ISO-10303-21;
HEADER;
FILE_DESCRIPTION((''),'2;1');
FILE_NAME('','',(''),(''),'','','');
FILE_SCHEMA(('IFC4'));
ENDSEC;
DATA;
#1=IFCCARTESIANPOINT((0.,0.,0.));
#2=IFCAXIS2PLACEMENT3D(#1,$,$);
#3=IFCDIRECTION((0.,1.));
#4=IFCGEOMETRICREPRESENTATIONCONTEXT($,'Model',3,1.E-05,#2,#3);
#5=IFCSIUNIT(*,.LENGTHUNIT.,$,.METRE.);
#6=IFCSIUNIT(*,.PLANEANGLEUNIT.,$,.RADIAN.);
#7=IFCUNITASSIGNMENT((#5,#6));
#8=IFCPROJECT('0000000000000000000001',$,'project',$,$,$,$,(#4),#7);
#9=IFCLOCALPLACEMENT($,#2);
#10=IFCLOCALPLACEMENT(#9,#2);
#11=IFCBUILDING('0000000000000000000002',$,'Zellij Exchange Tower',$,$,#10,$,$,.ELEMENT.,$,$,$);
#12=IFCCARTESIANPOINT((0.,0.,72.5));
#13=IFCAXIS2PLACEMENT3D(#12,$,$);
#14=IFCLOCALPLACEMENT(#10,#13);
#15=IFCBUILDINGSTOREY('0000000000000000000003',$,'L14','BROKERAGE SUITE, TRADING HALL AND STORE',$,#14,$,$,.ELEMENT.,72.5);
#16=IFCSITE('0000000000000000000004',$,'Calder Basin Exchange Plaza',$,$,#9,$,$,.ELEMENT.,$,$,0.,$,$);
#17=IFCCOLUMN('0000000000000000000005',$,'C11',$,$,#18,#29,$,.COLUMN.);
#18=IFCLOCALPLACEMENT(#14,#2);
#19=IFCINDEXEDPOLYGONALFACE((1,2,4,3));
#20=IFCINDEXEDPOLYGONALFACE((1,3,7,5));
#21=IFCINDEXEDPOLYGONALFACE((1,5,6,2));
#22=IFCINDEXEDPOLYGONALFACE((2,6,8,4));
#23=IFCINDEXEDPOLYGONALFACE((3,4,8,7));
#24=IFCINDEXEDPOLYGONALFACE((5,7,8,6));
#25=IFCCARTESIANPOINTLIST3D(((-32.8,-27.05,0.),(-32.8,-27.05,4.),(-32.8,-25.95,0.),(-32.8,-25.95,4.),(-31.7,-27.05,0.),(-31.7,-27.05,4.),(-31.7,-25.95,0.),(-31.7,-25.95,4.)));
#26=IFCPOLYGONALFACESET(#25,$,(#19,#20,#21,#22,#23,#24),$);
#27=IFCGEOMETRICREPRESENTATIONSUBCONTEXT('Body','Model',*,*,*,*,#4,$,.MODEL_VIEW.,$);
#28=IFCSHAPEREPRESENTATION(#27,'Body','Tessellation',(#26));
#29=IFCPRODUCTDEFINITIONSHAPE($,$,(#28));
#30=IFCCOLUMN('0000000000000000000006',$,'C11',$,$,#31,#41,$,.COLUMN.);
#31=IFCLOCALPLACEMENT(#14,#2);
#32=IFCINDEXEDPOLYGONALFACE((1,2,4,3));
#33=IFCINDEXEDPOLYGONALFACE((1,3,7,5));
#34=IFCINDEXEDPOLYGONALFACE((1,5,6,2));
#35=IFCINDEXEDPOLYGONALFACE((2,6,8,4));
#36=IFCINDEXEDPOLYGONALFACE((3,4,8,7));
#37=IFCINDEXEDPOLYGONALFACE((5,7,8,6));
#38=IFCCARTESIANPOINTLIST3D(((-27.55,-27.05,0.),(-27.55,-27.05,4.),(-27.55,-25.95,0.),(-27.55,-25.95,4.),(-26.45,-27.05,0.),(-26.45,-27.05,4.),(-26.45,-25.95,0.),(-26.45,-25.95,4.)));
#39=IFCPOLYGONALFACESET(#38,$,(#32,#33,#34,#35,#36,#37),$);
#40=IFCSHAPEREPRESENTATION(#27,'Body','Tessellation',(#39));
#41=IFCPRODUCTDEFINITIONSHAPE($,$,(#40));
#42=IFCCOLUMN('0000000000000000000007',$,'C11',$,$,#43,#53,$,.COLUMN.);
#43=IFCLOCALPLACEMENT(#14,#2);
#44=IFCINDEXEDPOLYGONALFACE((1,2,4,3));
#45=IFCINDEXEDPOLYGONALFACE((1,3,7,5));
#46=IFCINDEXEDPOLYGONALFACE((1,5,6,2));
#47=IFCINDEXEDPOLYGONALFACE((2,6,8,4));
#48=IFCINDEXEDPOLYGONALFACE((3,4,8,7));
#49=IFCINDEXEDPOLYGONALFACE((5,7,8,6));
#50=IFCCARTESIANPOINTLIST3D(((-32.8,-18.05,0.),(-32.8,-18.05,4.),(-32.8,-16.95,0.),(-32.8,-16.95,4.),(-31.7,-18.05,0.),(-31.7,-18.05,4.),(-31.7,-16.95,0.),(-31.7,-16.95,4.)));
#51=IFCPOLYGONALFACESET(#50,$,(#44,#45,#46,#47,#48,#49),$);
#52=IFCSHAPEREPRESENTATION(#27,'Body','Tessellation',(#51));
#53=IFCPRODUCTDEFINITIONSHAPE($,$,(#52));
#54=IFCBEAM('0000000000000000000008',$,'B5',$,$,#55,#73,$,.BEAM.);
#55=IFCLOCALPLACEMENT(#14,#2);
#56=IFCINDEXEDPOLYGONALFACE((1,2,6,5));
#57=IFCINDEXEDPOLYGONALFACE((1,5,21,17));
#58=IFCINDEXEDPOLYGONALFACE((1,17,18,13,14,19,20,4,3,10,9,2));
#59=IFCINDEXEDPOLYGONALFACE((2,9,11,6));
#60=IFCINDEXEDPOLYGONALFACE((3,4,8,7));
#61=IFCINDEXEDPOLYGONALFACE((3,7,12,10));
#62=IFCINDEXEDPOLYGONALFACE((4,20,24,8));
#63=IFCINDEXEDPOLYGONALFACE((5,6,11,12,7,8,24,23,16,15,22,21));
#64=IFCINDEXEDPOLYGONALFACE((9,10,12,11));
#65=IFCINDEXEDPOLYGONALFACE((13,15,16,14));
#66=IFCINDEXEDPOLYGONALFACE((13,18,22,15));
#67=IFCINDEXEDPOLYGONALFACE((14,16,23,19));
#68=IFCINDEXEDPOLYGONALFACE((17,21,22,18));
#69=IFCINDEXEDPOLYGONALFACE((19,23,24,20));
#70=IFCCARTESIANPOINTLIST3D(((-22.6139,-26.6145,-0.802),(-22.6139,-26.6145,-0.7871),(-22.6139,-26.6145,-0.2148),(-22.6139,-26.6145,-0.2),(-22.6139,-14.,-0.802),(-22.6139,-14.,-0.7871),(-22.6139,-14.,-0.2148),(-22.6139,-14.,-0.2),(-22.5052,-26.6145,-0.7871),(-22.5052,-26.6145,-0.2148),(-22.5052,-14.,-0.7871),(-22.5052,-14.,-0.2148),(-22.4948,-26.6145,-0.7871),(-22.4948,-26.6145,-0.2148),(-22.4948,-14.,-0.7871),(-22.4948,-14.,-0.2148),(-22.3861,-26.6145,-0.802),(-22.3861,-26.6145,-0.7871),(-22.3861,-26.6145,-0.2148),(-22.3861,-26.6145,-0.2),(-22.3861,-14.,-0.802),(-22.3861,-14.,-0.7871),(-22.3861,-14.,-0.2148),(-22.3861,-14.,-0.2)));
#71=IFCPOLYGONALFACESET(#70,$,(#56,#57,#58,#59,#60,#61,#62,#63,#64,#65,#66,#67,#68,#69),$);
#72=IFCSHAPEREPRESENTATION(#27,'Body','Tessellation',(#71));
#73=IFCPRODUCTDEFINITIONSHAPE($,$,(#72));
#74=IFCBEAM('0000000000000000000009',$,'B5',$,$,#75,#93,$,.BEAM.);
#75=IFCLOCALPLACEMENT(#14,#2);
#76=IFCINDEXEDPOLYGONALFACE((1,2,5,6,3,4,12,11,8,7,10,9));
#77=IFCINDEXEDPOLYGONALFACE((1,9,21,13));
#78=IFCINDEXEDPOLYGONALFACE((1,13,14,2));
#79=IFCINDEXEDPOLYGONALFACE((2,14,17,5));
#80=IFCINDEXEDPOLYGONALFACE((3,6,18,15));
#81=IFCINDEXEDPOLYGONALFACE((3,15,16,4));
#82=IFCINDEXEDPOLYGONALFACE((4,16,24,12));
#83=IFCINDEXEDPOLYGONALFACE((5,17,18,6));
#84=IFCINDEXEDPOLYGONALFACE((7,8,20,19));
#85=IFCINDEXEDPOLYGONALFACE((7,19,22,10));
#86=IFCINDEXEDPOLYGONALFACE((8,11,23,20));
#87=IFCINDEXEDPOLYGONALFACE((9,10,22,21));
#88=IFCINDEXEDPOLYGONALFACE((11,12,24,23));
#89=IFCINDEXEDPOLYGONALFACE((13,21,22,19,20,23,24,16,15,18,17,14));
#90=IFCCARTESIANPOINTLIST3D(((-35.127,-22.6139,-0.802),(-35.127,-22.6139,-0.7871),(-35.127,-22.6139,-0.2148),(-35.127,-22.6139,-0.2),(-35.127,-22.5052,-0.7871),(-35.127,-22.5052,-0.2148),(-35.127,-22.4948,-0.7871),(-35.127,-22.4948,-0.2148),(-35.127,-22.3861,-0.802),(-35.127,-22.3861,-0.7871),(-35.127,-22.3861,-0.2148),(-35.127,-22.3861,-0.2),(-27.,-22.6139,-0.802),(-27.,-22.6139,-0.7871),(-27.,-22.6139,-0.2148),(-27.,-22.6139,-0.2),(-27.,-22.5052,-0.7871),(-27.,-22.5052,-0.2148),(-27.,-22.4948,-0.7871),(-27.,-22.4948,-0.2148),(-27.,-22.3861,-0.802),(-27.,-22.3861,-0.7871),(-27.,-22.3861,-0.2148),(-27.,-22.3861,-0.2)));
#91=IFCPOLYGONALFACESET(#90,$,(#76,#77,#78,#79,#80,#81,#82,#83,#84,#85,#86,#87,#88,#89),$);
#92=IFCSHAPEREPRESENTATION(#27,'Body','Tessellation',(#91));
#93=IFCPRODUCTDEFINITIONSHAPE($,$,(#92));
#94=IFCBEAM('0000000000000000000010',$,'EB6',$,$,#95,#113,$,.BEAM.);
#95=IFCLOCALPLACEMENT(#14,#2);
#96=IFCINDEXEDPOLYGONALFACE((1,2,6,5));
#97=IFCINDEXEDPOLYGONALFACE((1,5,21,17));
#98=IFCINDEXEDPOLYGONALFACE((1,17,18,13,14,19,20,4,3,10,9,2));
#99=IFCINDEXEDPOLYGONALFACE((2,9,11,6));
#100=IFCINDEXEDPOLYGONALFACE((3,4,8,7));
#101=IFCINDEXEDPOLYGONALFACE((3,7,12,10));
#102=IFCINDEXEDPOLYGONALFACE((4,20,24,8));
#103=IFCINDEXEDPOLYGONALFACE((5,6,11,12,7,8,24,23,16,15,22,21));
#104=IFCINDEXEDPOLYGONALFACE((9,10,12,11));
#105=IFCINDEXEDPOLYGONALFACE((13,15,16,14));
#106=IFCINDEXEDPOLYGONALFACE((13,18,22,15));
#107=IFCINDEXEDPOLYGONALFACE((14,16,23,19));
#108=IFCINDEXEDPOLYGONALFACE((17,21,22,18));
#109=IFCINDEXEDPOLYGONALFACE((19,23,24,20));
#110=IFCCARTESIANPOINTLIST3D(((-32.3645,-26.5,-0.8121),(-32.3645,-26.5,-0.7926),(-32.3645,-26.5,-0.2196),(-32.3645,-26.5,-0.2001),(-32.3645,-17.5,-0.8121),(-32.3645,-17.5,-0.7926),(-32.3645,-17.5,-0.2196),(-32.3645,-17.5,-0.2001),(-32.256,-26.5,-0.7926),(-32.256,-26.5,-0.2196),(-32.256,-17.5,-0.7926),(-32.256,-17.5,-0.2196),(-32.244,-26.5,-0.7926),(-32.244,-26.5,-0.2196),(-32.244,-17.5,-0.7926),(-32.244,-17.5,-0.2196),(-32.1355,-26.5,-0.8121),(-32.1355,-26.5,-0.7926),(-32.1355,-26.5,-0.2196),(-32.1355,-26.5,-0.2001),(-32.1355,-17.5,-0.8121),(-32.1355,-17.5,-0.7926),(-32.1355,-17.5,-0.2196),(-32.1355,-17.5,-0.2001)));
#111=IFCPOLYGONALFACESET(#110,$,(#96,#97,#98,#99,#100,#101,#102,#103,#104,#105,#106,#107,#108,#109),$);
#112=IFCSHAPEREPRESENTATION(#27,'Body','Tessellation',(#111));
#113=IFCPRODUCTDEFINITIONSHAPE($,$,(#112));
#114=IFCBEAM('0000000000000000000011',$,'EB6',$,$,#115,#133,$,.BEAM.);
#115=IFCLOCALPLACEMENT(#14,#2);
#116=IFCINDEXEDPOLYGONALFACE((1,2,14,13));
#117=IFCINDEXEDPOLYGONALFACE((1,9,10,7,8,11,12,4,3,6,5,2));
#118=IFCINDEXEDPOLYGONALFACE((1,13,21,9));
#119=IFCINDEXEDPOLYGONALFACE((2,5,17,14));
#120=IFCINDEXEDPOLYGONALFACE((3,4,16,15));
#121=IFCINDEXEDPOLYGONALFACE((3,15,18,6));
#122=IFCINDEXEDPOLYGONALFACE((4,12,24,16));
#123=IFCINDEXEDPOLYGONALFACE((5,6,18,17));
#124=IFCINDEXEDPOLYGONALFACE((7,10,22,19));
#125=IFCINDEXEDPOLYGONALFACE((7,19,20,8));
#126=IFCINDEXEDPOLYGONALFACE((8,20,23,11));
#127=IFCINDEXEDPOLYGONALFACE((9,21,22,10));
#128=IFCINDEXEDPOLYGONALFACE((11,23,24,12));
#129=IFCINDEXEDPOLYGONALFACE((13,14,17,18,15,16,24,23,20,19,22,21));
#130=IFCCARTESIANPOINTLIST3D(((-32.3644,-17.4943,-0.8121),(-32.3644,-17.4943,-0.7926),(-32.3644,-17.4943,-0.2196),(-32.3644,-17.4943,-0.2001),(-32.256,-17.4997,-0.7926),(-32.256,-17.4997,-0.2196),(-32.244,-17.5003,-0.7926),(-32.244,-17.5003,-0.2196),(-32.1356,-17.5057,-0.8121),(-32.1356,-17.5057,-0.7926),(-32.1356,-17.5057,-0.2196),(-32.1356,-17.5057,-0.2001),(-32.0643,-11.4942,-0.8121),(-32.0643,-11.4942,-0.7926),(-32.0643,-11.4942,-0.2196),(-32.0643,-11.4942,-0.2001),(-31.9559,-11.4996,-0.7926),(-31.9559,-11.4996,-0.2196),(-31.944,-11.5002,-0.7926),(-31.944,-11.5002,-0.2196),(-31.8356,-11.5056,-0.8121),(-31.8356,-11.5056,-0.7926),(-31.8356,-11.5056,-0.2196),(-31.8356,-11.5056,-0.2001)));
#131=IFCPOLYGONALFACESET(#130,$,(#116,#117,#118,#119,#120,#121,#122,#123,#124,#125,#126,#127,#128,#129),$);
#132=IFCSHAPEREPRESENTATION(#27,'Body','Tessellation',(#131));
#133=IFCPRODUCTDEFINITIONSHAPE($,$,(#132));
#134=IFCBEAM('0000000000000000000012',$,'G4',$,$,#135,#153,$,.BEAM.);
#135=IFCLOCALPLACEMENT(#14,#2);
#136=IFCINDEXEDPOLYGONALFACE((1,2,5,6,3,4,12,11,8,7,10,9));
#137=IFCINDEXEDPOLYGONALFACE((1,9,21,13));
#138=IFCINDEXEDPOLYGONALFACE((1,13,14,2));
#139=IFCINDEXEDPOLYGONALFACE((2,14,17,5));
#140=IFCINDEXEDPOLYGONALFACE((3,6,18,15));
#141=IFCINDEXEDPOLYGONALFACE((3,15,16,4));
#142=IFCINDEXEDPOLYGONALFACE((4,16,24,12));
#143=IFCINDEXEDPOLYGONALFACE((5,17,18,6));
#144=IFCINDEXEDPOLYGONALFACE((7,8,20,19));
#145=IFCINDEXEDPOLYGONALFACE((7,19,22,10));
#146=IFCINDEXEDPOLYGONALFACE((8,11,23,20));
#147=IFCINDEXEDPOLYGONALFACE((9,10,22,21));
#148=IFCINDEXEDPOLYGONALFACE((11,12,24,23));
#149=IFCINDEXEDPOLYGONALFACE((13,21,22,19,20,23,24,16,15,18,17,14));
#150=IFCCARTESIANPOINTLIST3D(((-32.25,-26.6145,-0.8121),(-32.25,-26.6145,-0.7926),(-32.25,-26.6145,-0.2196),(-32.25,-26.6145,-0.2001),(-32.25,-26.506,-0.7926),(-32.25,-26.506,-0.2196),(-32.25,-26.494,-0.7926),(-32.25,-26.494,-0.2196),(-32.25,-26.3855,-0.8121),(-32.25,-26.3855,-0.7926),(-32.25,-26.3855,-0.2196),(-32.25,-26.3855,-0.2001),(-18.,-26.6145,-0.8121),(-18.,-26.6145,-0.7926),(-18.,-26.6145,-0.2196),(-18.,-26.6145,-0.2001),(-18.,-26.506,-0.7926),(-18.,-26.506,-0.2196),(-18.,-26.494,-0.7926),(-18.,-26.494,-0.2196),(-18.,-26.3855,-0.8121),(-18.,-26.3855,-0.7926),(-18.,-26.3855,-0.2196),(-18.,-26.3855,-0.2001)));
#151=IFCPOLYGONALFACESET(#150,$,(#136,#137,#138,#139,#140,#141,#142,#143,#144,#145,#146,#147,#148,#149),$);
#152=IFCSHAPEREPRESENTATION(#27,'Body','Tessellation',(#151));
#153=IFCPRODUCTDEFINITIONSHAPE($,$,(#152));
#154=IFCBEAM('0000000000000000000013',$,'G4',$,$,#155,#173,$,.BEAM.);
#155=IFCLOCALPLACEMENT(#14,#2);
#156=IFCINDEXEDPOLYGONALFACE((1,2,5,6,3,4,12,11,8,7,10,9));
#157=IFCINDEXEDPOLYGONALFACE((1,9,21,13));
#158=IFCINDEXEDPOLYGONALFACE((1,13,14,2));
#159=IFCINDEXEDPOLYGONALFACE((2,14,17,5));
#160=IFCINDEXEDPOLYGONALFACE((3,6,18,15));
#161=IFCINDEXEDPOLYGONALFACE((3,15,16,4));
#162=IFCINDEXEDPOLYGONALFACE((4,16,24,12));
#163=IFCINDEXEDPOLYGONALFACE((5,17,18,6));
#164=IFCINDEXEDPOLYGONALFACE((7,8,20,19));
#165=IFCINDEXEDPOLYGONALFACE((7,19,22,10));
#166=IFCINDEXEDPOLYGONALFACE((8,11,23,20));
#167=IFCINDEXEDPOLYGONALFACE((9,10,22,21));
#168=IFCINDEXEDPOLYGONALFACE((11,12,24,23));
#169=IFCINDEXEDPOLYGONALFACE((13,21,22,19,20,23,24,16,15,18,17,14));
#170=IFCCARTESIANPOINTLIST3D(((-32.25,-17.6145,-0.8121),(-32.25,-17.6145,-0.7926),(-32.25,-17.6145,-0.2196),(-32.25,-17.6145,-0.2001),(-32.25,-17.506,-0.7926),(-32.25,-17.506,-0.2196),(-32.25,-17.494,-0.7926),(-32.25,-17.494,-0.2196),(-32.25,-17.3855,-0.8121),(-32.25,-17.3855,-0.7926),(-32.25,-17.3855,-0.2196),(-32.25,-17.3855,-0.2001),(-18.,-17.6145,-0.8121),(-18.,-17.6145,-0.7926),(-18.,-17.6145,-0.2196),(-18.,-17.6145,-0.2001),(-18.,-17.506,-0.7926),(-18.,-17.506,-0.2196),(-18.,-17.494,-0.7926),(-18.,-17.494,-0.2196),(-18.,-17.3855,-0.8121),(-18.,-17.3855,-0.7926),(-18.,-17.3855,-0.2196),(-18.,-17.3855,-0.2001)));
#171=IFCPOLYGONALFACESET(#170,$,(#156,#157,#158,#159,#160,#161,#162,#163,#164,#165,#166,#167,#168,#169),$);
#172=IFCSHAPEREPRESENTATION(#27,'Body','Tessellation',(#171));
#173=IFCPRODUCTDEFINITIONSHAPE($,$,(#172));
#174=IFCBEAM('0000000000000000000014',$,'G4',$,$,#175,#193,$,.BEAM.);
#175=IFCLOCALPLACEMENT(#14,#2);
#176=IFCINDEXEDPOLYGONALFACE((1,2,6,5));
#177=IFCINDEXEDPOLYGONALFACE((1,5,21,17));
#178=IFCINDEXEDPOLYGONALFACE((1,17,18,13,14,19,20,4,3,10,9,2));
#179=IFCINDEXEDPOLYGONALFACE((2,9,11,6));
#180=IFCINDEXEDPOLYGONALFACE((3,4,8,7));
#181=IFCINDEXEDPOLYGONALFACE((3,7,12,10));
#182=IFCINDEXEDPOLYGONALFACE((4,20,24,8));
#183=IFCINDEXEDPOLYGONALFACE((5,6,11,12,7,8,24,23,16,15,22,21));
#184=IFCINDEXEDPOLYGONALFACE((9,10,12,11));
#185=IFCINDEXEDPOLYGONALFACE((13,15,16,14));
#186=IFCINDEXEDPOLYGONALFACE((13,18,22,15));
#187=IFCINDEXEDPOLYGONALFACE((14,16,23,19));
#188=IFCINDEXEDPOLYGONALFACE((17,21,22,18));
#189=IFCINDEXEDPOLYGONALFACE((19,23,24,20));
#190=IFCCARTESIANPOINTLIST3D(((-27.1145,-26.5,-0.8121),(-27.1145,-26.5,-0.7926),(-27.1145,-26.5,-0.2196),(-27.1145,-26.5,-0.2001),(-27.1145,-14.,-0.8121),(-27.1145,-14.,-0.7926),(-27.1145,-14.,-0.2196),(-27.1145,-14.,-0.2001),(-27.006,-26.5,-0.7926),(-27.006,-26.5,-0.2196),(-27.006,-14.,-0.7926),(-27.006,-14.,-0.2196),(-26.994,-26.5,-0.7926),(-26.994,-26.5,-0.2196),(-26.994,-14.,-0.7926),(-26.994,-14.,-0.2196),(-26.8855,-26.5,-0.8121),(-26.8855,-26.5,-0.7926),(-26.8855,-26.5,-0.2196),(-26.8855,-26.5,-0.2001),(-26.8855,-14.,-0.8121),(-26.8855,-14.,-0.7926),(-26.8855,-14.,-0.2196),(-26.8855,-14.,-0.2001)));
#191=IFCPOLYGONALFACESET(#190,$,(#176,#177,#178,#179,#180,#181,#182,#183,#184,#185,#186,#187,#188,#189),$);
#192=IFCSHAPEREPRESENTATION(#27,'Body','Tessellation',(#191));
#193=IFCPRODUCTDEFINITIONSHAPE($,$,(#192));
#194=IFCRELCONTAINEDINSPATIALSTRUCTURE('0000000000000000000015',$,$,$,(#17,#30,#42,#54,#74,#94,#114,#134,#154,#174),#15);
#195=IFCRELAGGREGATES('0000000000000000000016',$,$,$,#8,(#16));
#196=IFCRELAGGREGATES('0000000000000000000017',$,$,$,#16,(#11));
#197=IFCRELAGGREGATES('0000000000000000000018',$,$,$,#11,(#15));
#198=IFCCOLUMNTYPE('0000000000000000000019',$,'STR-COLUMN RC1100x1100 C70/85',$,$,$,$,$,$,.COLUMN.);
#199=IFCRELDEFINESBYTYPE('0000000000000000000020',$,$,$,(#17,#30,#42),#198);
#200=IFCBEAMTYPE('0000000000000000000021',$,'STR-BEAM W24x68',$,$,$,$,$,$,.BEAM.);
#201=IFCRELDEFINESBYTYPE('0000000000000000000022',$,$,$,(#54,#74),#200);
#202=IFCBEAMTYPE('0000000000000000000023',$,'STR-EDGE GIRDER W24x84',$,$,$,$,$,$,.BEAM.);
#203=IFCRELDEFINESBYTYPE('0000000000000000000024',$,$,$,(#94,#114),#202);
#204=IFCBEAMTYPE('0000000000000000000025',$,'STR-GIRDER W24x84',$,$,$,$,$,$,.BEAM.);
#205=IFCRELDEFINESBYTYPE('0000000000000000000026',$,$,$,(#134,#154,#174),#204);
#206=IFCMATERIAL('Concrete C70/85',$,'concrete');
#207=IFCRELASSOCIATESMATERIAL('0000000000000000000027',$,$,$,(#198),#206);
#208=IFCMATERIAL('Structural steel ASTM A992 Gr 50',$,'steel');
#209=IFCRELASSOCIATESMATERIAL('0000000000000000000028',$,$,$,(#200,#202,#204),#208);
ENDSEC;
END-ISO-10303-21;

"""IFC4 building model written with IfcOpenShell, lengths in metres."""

from ifc_helpers import new_model, si_unit, direction, frame, origin, origin_2d, place, context, subcontext, project, spatial, rectangle, i_section, extrude, material, material_profile, profile_set, type_object, element, save


model = new_model("IFC4")

# Units and contexts
model_context = context("Model", 3, precision=1e-05, world=origin(), true_north=direction((0.0, 1.0)))
body_context = subcontext(model_context, "Body", "Model", "MODEL_VIEW")
ifc_project = project(units=[si_unit("LENGTHUNIT", "METRE"), si_unit("PLANEANGLEUNIT", "RADIAN")], contexts=[model_context])

# Site, building, storey
site_placement = place(None, origin())
site = spatial("IfcSite", under=ifc_project, at=site_placement, Name="Calder Basin Exchange Plaza", CompositionType="ELEMENT", RefElevation=0.0)
building_placement = place(site_placement, origin())
building = spatial("IfcBuilding", under=site, at=building_placement, Name="Zellij Exchange Tower", CompositionType="ELEMENT")
storey_placement = place(building_placement, frame((0.0, 0.0, 72.5)))
storey = spatial("IfcBuildingStorey", under=building, at=storey_placement, Name="L14", Description="BROKERAGE SUITE, TRADING HALL AND STORE", CompositionType="ELEMENT", Elevation=72.5)

# Columns
ifc_material_1 = material(Name="Concrete C70/85", Category="concrete")
ifc_material_profile_1 = material_profile(ifc_material_1, rectangle(XDim=1.1001, YDim=1.1001, at=origin_2d()), Name="STR-COLUMN RC1100x1100 C70/85")
ifc_profile_set_1 = profile_set([ifc_material_profile_1], Name="Concrete C70/85")
column_type = type_object("IfcColumnType", Name="STR-COLUMN RC1100x1100 C70/85", PredefinedType="COLUMN", material=ifc_profile_set_1)
for number, where, z_axis, x_axis, name in (
    (1, (-32.25, -26.5, 0.0), (0.0, 0.0, 1.0), (1.0, 0.0, 0.0), "C11"),
    (2, (-27.0, -26.5, 0.0), (0.0, 0.0, 1.0), (1.0, 0.0, 0.0), "C11"),
    (3, (-32.25, -17.5, 0.0), (0.0, 0.0, 1.0), (1.0, 0.0, 0.0), "C11"),
):
    element("IfcColumn", number, at=place(storey_placement, frame(where, z_axis=z_axis, x_axis=x_axis)), inside=storey, type_object=column_type, Name=name, PredefinedType="COLUMN", context=body_context, shape_type="SweptSolid", body=[
        extrude(rectangle(XDim=1.1001, YDim=1.1001, at=origin_2d()), origin(), (0.0, 0.0, 1.0), 4.0),
    ])

# Beams
ifc_material_2 = material(Name="Structural steel ASTM A992 Gr 50", Category="steel")
ifc_material_profile_2 = material_profile(ifc_material_2, i_section(OverallWidth=0.2278, OverallDepth=0.6021, WebThickness=0.0105, FlangeThickness=0.0149, at=origin_2d()), Name="W24x68")
ifc_profile_set_2 = profile_set([ifc_material_profile_2], Name="Structural steel ASTM A992 Gr 50")
beam_type_1 = type_object("IfcBeamType", Name="STR-BEAM W24x68", PredefinedType="BEAM", material=ifc_profile_set_2)
beam_1_placement = place(storey_placement, frame((-22.5, -26.6145, -0.501), z_axis=(0.0, 1.0, 0.0), x_axis=(-1.0, 0.0, 0.0)))
element("IfcBeam", 4, at=beam_1_placement, inside=storey, type_object=beam_type_1, Name="B5", PredefinedType="BEAM", context=body_context, shape_type="SweptSolid", body=[
    extrude(i_section(OverallWidth=0.2278, OverallDepth=0.6021, WebThickness=0.0105, FlangeThickness=0.0149, at=origin_2d()), origin(), (0.0, 0.0, 1.0), 12.6145),
])
beam_2_placement = place(storey_placement, frame((-35.127, -22.5, -0.501), z_axis=(1.0, 0.0, 0.0), x_axis=(0.0, 1.0, 0.0)))
element("IfcBeam", 5, at=beam_2_placement, inside=storey, type_object=beam_type_1, Name="B5", PredefinedType="BEAM", context=body_context, shape_type="SweptSolid", body=[
    extrude(i_section(OverallWidth=0.2278, OverallDepth=0.6021, WebThickness=0.0105, FlangeThickness=0.0149, at=origin_2d()), origin(), (0.0, 0.0, 1.0), 8.127),
])
ifc_material_profile_3 = material_profile(ifc_material_2, i_section(OverallWidth=0.229, OverallDepth=0.6121, WebThickness=0.012, FlangeThickness=0.0195, at=origin_2d()), Name="W24x84")
ifc_profile_set_3 = profile_set([ifc_material_profile_3], Name="Structural steel ASTM A992 Gr 50")
beam_type_2 = type_object("IfcBeamType", Name="STR-EDGE GIRDER W24x84", PredefinedType="BEAM", material=ifc_profile_set_3)
beam_3_placement = place(storey_placement, frame((-32.25, -26.5, -0.5061), z_axis=(0.0, 1.0, 0.0), x_axis=(-1.0, 0.0, 0.0)))
element("IfcBeam", 6, at=beam_3_placement, inside=storey, type_object=beam_type_2, Name="EB6", PredefinedType="BEAM", context=body_context, shape_type="SweptSolid", body=[
    extrude(i_section(OverallWidth=0.229, OverallDepth=0.6121, WebThickness=0.012, FlangeThickness=0.0195, at=origin_2d()), origin(), (0.0, 0.0, 1.0), 9.0),
])
beam_4_placement = place(storey_placement, frame((-32.25, -17.5, -0.5061), z_axis=(0.049946, 0.998752, 0.0), x_axis=(-0.998752, 0.049946, 0.0)))
element("IfcBeam", 7, at=beam_4_placement, inside=storey, type_object=beam_type_2, Name="EB6", PredefinedType="BEAM", context=body_context, shape_type="SweptSolid", body=[
    extrude(i_section(OverallWidth=0.229, OverallDepth=0.6121, WebThickness=0.012, FlangeThickness=0.0195, at=origin_2d()), origin(), (0.0, 0.0, 1.0), 6.0076),
])
ifc_material_profile_4 = material_profile(ifc_material_2, i_section(OverallWidth=0.229, OverallDepth=0.6121, WebThickness=0.012, FlangeThickness=0.0195, at=origin_2d()), Name="W24x84")
ifc_profile_set_4 = profile_set([ifc_material_profile_4], Name="Structural steel ASTM A992 Gr 50")
beam_type_3 = type_object("IfcBeamType", Name="STR-GIRDER W24x84", PredefinedType="BEAM", material=ifc_profile_set_4)
for number, where, z_axis, x_axis, name in (
    (8, (-32.25, -26.5, -0.5061), (1.0, 0.0, 0.0), (0.0, 1.0, 0.0), "G4"),
    (9, (-32.25, -17.5, -0.5061), (1.0, 0.0, 0.0), (0.0, 1.0, 0.0), "G4"),
):
    element("IfcBeam", number, at=place(storey_placement, frame(where, z_axis=z_axis, x_axis=x_axis)), inside=storey, type_object=beam_type_3, Name=name, PredefinedType="BEAM", context=body_context, shape_type="SweptSolid", body=[
        extrude(i_section(OverallWidth=0.229, OverallDepth=0.6121, WebThickness=0.012, FlangeThickness=0.0195, at=origin_2d()), origin(), (0.0, 0.0, 1.0), 14.25),
    ])
beam_5_placement = place(storey_placement, frame((-27.0, -26.5, -0.5061), z_axis=(0.0, 1.0, 0.0), x_axis=(-1.0, 0.0, 0.0)))
element("IfcBeam", 10, at=beam_5_placement, inside=storey, type_object=beam_type_3, Name="G4", PredefinedType="BEAM", context=body_context, shape_type="SweptSolid", body=[
    extrude(i_section(OverallWidth=0.229, OverallDepth=0.6121, WebThickness=0.012, FlangeThickness=0.0195, at=origin_2d()), origin(), (0.0, 0.0, 1.0), 12.5),
])

save(model, "model.ifc")
